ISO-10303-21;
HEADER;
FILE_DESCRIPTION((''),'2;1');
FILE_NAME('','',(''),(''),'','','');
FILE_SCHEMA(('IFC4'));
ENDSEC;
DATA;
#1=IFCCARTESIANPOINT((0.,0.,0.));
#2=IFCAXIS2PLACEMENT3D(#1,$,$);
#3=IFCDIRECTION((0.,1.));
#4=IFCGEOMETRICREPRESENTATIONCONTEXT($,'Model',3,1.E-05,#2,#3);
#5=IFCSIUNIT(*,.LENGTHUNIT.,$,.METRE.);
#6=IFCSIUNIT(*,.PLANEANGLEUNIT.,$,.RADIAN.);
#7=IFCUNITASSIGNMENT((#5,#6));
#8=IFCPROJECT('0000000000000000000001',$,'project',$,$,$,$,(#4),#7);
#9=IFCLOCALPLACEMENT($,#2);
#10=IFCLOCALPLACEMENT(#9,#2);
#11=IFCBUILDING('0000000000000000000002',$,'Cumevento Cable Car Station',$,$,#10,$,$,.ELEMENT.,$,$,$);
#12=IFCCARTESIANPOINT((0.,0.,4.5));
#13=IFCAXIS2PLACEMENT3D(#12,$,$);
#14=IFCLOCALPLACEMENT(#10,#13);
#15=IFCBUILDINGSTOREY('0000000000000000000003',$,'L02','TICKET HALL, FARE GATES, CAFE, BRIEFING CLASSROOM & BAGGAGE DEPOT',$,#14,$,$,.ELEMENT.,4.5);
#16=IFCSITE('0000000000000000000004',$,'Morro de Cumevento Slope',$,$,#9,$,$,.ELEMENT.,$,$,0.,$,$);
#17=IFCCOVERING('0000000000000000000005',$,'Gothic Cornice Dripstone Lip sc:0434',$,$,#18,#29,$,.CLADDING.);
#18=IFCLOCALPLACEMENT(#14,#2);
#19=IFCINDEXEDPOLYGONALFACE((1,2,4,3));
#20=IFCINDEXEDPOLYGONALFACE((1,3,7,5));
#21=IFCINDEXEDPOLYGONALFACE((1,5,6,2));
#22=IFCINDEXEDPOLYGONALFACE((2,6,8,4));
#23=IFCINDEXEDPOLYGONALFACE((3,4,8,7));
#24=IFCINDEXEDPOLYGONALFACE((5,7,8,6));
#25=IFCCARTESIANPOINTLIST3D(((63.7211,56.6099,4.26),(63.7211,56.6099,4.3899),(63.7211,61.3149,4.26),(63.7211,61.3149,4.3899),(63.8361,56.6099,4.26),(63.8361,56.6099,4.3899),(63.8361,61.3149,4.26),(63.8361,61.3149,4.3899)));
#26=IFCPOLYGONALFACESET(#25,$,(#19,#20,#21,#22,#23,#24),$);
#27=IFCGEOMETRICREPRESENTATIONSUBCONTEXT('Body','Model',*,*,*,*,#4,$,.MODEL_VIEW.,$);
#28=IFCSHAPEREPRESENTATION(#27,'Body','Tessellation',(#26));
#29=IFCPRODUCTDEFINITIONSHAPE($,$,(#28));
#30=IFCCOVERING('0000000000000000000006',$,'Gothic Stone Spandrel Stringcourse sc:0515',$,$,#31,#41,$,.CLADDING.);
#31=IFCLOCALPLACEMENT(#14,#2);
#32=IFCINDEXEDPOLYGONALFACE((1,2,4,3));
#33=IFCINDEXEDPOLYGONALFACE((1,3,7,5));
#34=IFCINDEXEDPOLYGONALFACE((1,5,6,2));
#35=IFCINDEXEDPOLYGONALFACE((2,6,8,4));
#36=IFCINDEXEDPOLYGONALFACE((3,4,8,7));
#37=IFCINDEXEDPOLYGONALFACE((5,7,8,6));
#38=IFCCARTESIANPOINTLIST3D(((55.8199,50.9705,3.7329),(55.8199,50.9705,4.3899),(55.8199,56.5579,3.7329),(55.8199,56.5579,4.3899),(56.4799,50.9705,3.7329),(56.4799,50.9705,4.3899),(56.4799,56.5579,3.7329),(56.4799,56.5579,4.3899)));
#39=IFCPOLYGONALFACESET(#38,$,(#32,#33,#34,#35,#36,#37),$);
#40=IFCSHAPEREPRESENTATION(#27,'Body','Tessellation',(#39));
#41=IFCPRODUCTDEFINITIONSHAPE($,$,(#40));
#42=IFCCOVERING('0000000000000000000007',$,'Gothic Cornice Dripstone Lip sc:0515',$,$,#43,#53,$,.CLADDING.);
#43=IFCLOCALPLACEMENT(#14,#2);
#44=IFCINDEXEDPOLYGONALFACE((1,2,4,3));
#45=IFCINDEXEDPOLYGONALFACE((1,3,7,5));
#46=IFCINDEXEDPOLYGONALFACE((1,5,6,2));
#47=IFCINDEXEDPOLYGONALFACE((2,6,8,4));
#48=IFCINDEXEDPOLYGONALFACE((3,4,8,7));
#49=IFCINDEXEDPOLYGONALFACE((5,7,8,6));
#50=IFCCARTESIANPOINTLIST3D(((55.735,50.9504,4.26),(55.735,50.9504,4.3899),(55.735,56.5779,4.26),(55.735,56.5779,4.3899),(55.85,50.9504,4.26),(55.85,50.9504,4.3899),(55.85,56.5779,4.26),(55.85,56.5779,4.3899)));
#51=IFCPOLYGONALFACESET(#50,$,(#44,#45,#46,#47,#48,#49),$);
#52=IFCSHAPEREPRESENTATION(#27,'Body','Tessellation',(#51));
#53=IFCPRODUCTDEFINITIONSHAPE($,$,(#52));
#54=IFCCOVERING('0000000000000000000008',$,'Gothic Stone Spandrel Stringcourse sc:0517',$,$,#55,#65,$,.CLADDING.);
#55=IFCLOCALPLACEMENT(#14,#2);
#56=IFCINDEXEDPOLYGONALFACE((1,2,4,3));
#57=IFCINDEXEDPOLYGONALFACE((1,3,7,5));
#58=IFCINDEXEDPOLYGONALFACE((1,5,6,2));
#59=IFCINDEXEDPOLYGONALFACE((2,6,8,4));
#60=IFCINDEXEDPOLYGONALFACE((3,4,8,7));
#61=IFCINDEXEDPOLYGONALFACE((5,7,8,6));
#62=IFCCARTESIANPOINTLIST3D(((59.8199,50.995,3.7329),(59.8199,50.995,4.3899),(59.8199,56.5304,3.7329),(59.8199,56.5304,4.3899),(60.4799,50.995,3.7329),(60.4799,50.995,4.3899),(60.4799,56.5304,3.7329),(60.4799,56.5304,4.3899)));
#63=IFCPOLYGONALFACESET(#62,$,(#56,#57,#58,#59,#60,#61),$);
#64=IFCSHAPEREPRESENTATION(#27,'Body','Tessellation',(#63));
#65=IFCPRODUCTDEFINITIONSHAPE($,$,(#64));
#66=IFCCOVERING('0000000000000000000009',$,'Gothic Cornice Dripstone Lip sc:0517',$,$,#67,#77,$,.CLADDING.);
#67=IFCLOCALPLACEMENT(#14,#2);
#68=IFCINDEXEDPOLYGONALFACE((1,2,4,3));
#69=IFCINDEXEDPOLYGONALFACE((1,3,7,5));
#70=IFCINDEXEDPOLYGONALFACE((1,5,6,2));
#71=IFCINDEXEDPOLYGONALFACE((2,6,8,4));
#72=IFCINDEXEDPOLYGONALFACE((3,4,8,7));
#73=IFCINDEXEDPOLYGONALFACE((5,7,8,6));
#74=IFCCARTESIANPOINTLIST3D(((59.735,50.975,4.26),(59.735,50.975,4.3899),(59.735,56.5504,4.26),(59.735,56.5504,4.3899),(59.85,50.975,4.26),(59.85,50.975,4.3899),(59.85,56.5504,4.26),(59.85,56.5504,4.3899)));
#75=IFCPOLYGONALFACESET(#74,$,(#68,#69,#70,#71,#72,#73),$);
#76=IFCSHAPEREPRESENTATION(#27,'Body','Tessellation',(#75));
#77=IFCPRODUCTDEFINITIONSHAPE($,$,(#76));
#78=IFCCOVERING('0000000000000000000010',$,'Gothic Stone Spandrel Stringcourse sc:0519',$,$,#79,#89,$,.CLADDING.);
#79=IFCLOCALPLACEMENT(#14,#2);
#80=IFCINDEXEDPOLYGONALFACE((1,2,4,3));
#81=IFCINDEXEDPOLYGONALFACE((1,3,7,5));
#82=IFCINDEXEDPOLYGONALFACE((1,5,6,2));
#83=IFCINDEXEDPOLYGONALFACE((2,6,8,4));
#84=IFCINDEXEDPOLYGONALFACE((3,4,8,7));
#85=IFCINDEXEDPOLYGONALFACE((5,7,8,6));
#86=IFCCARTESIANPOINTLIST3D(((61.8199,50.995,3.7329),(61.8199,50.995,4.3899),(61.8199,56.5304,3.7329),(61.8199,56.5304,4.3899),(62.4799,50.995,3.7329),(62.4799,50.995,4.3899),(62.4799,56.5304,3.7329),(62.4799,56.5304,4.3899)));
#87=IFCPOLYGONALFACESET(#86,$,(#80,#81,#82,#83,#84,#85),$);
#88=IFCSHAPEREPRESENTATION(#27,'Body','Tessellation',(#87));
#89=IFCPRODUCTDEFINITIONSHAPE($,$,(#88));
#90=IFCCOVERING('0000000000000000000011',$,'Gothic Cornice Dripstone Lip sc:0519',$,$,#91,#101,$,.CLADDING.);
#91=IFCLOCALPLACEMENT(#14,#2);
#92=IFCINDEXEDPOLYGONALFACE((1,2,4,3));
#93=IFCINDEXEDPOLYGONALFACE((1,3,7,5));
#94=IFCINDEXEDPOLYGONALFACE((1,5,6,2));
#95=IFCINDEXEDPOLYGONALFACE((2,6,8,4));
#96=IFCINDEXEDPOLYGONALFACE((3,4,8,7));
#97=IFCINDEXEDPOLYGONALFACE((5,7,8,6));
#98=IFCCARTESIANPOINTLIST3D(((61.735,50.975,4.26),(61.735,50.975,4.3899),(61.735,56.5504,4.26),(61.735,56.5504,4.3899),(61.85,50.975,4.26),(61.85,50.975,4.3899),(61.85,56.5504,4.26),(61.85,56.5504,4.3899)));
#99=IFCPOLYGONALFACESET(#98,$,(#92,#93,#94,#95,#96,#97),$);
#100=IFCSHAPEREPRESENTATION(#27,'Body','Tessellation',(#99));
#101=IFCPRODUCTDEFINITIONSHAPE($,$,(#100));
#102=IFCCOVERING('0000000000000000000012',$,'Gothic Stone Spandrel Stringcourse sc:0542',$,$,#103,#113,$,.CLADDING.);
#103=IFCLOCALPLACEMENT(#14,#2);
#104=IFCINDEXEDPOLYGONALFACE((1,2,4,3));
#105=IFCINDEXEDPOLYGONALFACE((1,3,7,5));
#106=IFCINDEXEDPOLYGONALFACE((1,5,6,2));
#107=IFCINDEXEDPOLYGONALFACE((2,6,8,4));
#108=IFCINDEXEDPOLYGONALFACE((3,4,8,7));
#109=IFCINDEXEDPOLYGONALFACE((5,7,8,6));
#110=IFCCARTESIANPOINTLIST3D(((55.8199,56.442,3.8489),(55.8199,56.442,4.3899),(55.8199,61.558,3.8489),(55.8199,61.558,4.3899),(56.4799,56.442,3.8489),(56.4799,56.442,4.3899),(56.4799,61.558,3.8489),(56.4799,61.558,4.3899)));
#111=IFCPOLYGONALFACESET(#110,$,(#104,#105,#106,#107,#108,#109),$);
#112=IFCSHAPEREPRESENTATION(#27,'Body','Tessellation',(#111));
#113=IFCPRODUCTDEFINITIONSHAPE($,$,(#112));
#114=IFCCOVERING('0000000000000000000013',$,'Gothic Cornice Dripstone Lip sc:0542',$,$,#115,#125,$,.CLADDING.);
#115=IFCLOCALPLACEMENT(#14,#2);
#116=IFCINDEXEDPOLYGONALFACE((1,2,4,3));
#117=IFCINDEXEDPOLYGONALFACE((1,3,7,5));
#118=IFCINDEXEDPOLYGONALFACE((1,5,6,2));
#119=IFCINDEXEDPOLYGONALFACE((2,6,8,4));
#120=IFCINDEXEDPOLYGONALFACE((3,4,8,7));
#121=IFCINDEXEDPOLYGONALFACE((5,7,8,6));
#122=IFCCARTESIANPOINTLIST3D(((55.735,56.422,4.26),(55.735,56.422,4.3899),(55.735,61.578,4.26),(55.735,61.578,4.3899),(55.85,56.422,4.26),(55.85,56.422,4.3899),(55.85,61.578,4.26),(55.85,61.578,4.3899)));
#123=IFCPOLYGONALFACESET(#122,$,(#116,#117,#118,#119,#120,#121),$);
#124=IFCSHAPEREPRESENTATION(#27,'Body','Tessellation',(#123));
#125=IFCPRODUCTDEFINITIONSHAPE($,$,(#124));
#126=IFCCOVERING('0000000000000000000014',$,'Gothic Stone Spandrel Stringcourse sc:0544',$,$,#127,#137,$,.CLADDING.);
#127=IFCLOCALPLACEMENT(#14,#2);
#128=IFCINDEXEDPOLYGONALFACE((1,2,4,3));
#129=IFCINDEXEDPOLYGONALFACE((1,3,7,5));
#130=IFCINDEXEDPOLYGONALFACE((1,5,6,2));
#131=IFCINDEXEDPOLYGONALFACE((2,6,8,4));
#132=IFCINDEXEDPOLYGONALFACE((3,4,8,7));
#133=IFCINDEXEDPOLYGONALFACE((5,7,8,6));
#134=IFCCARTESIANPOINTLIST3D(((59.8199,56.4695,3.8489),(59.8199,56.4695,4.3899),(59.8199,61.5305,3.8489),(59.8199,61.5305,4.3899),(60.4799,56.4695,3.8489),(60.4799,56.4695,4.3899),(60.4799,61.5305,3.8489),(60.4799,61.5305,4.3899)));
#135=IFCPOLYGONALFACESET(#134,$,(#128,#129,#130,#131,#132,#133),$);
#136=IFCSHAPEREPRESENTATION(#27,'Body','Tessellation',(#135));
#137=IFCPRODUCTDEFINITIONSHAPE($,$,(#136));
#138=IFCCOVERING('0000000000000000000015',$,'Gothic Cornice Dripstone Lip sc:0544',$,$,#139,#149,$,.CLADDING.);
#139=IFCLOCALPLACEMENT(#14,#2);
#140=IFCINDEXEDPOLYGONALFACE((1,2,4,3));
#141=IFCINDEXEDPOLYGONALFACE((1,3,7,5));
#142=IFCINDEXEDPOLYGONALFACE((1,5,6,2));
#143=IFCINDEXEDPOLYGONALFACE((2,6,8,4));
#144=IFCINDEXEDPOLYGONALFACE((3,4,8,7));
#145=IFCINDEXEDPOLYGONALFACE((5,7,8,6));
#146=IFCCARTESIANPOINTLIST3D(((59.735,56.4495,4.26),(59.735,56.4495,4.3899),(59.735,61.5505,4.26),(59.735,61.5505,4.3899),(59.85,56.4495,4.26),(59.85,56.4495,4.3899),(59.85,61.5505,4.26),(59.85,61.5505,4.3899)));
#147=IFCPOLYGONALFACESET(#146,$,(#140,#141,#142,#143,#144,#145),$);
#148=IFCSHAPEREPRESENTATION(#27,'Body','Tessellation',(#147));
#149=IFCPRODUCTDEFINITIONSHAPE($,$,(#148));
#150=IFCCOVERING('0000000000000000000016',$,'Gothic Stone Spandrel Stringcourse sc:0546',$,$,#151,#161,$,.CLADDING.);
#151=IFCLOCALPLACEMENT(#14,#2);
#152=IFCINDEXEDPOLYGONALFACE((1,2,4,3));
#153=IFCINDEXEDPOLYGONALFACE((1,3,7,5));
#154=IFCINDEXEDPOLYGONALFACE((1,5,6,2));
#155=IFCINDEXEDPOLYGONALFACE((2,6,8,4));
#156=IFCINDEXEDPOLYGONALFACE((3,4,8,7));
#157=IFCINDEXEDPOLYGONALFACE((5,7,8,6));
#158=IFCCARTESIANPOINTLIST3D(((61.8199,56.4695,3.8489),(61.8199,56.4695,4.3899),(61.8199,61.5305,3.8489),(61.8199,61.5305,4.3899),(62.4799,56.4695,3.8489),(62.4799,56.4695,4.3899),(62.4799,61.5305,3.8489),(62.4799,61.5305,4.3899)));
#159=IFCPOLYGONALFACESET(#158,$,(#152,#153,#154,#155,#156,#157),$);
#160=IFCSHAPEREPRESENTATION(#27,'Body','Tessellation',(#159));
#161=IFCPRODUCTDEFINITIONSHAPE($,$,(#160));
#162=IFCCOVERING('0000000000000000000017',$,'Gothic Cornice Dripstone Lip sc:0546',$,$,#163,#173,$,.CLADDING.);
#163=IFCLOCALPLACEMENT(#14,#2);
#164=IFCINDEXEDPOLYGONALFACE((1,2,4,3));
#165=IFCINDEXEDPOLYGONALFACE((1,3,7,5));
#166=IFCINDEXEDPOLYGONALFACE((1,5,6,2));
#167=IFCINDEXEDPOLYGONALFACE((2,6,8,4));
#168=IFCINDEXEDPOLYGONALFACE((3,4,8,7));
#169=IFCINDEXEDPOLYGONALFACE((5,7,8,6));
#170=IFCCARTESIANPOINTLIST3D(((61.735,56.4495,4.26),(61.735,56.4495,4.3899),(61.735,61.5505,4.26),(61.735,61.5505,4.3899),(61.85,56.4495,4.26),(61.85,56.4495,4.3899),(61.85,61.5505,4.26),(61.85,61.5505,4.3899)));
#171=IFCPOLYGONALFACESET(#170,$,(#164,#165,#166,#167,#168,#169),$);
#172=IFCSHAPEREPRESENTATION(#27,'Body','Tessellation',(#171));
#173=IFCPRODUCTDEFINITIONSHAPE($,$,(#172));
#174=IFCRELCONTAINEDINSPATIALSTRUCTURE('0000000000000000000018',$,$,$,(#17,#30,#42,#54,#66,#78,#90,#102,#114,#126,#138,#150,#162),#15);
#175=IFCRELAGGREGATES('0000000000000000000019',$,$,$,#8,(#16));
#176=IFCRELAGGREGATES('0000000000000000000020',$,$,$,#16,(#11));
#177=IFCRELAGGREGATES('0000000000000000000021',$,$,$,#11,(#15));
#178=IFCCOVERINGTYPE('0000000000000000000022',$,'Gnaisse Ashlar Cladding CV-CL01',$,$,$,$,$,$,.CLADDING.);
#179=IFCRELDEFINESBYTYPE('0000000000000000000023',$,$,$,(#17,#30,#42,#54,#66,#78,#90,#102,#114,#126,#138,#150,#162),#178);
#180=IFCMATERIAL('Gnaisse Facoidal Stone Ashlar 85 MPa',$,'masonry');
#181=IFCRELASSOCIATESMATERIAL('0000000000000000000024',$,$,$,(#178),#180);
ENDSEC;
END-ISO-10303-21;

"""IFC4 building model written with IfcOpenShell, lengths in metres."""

from ifc_helpers import new_model, si_unit, direction, frame, origin, origin_2d, place, context, subcontext, project, spatial, rectangle, extrude, material, type_object, element, save


model = new_model("IFC4")

# Units and contexts
model_context = context("Model", 3, precision=1e-05, world=origin(), true_north=direction((0.0, 1.0)))
body_context = subcontext(model_context, "Body", "Model", "MODEL_VIEW")
ifc_project = project(units=[si_unit("LENGTHUNIT", "METRE"), si_unit("PLANEANGLEUNIT", "RADIAN")], contexts=[model_context])

# Site, building, storey
site_placement = place(None, origin())
site = spatial("IfcSite", under=ifc_project, at=site_placement, Name="Morro de Cumevento Slope", CompositionType="ELEMENT", RefElevation=0.0)
building_placement = place(site_placement, origin())
building = spatial("IfcBuilding", under=site, at=building_placement, Name="Cumevento Cable Car Station", CompositionType="ELEMENT")
storey_placement = place(building_placement, frame((0.0, 0.0, 4.5)))
storey = spatial("IfcBuildingStorey", under=building, at=storey_placement, Name="L02", Description="TICKET HALL, FARE GATES, CAFE, BRIEFING CLASSROOM & BAGGAGE DEPOT", CompositionType="ELEMENT", Elevation=4.5)

# Coverings
ifc_material_1 = material(Name="Gnaisse Facoidal Stone Ashlar 85 MPa", Category="masonry")
covering_type = type_object("IfcCoveringType", Name="Gnaisse Ashlar Cladding CV-CL01", PredefinedType="CLADDING", material=ifc_material_1)
for number, where, z_axis, x_axis, name in (
    (1, (63.7786, 58.9624, 4.26), (0.0, 0.0, 1.0), (0.0, 1.0, 0.0), "Gothic Cornice Dripstone Lip sc:0434"),
):
    element("IfcCovering", number, at=place(storey_placement, frame(where, z_axis=z_axis, x_axis=x_axis)), inside=storey, type_object=covering_type, Name=name, PredefinedType="CLADDING", context=body_context, shape_type="SweptSolid", body=[
        extrude(rectangle(XDim=4.7051, YDim=0.115, at=origin_2d()), origin(), (0.0, 0.0, 1.0), 0.1299),
    ])
covering_1_placement = place(storey_placement, frame((56.1499, 53.7642, 3.7329), z_axis=(0.0, 0.0, 1.0), x_axis=(0.0, 1.0, 0.0)))
element("IfcCovering", 2, at=covering_1_placement, inside=storey, type_object=covering_type, Name="Gothic Stone Spandrel Stringcourse sc:0515", PredefinedType="CLADDING", context=body_context, shape_type="SweptSolid", body=[
    extrude(rectangle(XDim=5.5874, YDim=0.6599, at=origin_2d()), origin(), (0.0, 0.0, 1.0), 0.657),
])
covering_2_placement = place(storey_placement, frame((55.7925, 53.7642, 4.26), z_axis=(0.0, 0.0, 1.0), x_axis=(0.0, 1.0, 0.0)))
element("IfcCovering", 3, at=covering_2_placement, inside=storey, type_object=covering_type, Name="Gothic Cornice Dripstone Lip sc:0515", PredefinedType="CLADDING", context=body_context, shape_type="SweptSolid", body=[
    extrude(rectangle(XDim=5.6274, YDim=0.115, at=origin_2d()), origin(), (0.0, 0.0, 1.0), 0.1299),
])
covering_3_placement = place(storey_placement, frame((60.1499, 53.7627, 3.7329), z_axis=(0.0, 0.0, 1.0), x_axis=(0.0, 1.0, 0.0)))
element("IfcCovering", 4, at=covering_3_placement, inside=storey, type_object=covering_type, Name="Gothic Stone Spandrel Stringcourse sc:0517", PredefinedType="CLADDING", context=body_context, shape_type="SweptSolid", body=[
    extrude(rectangle(XDim=5.5354, YDim=0.6599, at=origin_2d()), origin(), (0.0, 0.0, 1.0), 0.657),
])
covering_4_placement = place(storey_placement, frame((59.7925, 53.7627, 4.26), z_axis=(0.0, 0.0, 1.0), x_axis=(0.0, 1.0, 0.0)))
element("IfcCovering", 5, at=covering_4_placement, inside=storey, type_object=covering_type, Name="Gothic Cornice Dripstone Lip sc:0517", PredefinedType="CLADDING", context=body_context, shape_type="SweptSolid", body=[
    extrude(rectangle(XDim=5.5754, YDim=0.115, at=origin_2d()), origin(), (0.0, 0.0, 1.0), 0.1299),
])
covering_5_placement = place(storey_placement, frame((62.1499, 53.7627, 3.7329), z_axis=(0.0, 0.0, 1.0), x_axis=(0.0, 1.0, 0.0)))
element("IfcCovering", 6, at=covering_5_placement, inside=storey, type_object=covering_type, Name="Gothic Stone Spandrel Stringcourse sc:0519", PredefinedType="CLADDING", context=body_context, shape_type="SweptSolid", body=[
    extrude(rectangle(XDim=5.5354, YDim=0.6599, at=origin_2d()), origin(), (0.0, 0.0, 1.0), 0.657),
])
covering_6_placement = place(storey_placement, frame((61.7925, 53.7627, 4.26), z_axis=(0.0, 0.0, 1.0), x_axis=(0.0, 1.0, 0.0)))
element("IfcCovering", 7, at=covering_6_placement, inside=storey, type_object=covering_type, Name="Gothic Cornice Dripstone Lip sc:0519", PredefinedType="CLADDING", context=body_context, shape_type="SweptSolid", body=[
    extrude(rectangle(XDim=5.5754, YDim=0.115, at=origin_2d()), origin(), (0.0, 0.0, 1.0), 0.1299),
])
covering_7_placement = place(storey_placement, frame((56.1499, 59.0, 3.8489), z_axis=(0.0, 0.0, 1.0), x_axis=(0.0, 1.0, 0.0)))
element("IfcCovering", 8, at=covering_7_placement, inside=storey, type_object=covering_type, Name="Gothic Stone Spandrel Stringcourse sc:0542", PredefinedType="CLADDING", context=body_context, shape_type="SweptSolid", body=[
    extrude(rectangle(XDim=5.116, YDim=0.6599, at=origin_2d()), origin(), (0.0, 0.0, 1.0), 0.541),
])
covering_8_placement = place(storey_placement, frame((55.7925, 59.0, 4.26), z_axis=(0.0, 0.0, 1.0), x_axis=(0.0, 1.0, 0.0)))
element("IfcCovering", 9, at=covering_8_placement, inside=storey, type_object=covering_type, Name="Gothic Cornice Dripstone Lip sc:0542", PredefinedType="CLADDING", context=body_context, shape_type="SweptSolid", body=[
    extrude(rectangle(XDim=5.156, YDim=0.115, at=origin_2d()), origin(), (0.0, 0.0, 1.0), 0.1299),
])
covering_9_placement = place(storey_placement, frame((60.1499, 59.0, 3.8489), z_axis=(0.0, 0.0, 1.0), x_axis=(0.0, 1.0, 0.0)))
element("IfcCovering", 10, at=covering_9_placement, inside=storey, type_object=covering_type, Name="Gothic Stone Spandrel Stringcourse sc:0544", PredefinedType="CLADDING", context=body_context, shape_type="SweptSolid", body=[
    extrude(rectangle(XDim=5.061, YDim=0.6599, at=origin_2d()), origin(), (0.0, 0.0, 1.0), 0.541),
])
covering_10_placement = place(storey_placement, frame((59.7925, 59.0, 4.26), z_axis=(0.0, 0.0, 1.0), x_axis=(0.0, 1.0, 0.0)))
element("IfcCovering", 11, at=covering_10_placement, inside=storey, type_object=covering_type, Name="Gothic Cornice Dripstone Lip sc:0544", PredefinedType="CLADDING", context=body_context, shape_type="SweptSolid", body=[
    extrude(rectangle(XDim=5.1011, YDim=0.115, at=origin_2d()), origin(), (0.0, 0.0, 1.0), 0.1299),
])
covering_11_placement = place(storey_placement, frame((62.1499, 59.0, 3.8489), z_axis=(0.0, 0.0, 1.0), x_axis=(0.0, 1.0, 0.0)))
element("IfcCovering", 12, at=covering_11_placement, inside=storey, type_object=covering_type, Name="Gothic Stone Spandrel Stringcourse sc:0546", PredefinedType="CLADDING", context=body_context, shape_type="SweptSolid", body=[
    extrude(rectangle(XDim=5.061, YDim=0.6599, at=origin_2d()), origin(), (0.0, 0.0, 1.0), 0.541),
])
covering_12_placement = place(storey_placement, frame((61.7925, 59.0, 4.26), z_axis=(0.0, 0.0, 1.0), x_axis=(0.0, 1.0, 0.0)))
element("IfcCovering", 13, at=covering_12_placement, inside=storey, type_object=covering_type, Name="Gothic Cornice Dripstone Lip sc:0546", PredefinedType="CLADDING", context=body_context, shape_type="SweptSolid", body=[
    extrude(rectangle(XDim=5.1011, YDim=0.115, at=origin_2d()), origin(), (0.0, 0.0, 1.0), 0.1299),
])

save(model, "model.ifc")
